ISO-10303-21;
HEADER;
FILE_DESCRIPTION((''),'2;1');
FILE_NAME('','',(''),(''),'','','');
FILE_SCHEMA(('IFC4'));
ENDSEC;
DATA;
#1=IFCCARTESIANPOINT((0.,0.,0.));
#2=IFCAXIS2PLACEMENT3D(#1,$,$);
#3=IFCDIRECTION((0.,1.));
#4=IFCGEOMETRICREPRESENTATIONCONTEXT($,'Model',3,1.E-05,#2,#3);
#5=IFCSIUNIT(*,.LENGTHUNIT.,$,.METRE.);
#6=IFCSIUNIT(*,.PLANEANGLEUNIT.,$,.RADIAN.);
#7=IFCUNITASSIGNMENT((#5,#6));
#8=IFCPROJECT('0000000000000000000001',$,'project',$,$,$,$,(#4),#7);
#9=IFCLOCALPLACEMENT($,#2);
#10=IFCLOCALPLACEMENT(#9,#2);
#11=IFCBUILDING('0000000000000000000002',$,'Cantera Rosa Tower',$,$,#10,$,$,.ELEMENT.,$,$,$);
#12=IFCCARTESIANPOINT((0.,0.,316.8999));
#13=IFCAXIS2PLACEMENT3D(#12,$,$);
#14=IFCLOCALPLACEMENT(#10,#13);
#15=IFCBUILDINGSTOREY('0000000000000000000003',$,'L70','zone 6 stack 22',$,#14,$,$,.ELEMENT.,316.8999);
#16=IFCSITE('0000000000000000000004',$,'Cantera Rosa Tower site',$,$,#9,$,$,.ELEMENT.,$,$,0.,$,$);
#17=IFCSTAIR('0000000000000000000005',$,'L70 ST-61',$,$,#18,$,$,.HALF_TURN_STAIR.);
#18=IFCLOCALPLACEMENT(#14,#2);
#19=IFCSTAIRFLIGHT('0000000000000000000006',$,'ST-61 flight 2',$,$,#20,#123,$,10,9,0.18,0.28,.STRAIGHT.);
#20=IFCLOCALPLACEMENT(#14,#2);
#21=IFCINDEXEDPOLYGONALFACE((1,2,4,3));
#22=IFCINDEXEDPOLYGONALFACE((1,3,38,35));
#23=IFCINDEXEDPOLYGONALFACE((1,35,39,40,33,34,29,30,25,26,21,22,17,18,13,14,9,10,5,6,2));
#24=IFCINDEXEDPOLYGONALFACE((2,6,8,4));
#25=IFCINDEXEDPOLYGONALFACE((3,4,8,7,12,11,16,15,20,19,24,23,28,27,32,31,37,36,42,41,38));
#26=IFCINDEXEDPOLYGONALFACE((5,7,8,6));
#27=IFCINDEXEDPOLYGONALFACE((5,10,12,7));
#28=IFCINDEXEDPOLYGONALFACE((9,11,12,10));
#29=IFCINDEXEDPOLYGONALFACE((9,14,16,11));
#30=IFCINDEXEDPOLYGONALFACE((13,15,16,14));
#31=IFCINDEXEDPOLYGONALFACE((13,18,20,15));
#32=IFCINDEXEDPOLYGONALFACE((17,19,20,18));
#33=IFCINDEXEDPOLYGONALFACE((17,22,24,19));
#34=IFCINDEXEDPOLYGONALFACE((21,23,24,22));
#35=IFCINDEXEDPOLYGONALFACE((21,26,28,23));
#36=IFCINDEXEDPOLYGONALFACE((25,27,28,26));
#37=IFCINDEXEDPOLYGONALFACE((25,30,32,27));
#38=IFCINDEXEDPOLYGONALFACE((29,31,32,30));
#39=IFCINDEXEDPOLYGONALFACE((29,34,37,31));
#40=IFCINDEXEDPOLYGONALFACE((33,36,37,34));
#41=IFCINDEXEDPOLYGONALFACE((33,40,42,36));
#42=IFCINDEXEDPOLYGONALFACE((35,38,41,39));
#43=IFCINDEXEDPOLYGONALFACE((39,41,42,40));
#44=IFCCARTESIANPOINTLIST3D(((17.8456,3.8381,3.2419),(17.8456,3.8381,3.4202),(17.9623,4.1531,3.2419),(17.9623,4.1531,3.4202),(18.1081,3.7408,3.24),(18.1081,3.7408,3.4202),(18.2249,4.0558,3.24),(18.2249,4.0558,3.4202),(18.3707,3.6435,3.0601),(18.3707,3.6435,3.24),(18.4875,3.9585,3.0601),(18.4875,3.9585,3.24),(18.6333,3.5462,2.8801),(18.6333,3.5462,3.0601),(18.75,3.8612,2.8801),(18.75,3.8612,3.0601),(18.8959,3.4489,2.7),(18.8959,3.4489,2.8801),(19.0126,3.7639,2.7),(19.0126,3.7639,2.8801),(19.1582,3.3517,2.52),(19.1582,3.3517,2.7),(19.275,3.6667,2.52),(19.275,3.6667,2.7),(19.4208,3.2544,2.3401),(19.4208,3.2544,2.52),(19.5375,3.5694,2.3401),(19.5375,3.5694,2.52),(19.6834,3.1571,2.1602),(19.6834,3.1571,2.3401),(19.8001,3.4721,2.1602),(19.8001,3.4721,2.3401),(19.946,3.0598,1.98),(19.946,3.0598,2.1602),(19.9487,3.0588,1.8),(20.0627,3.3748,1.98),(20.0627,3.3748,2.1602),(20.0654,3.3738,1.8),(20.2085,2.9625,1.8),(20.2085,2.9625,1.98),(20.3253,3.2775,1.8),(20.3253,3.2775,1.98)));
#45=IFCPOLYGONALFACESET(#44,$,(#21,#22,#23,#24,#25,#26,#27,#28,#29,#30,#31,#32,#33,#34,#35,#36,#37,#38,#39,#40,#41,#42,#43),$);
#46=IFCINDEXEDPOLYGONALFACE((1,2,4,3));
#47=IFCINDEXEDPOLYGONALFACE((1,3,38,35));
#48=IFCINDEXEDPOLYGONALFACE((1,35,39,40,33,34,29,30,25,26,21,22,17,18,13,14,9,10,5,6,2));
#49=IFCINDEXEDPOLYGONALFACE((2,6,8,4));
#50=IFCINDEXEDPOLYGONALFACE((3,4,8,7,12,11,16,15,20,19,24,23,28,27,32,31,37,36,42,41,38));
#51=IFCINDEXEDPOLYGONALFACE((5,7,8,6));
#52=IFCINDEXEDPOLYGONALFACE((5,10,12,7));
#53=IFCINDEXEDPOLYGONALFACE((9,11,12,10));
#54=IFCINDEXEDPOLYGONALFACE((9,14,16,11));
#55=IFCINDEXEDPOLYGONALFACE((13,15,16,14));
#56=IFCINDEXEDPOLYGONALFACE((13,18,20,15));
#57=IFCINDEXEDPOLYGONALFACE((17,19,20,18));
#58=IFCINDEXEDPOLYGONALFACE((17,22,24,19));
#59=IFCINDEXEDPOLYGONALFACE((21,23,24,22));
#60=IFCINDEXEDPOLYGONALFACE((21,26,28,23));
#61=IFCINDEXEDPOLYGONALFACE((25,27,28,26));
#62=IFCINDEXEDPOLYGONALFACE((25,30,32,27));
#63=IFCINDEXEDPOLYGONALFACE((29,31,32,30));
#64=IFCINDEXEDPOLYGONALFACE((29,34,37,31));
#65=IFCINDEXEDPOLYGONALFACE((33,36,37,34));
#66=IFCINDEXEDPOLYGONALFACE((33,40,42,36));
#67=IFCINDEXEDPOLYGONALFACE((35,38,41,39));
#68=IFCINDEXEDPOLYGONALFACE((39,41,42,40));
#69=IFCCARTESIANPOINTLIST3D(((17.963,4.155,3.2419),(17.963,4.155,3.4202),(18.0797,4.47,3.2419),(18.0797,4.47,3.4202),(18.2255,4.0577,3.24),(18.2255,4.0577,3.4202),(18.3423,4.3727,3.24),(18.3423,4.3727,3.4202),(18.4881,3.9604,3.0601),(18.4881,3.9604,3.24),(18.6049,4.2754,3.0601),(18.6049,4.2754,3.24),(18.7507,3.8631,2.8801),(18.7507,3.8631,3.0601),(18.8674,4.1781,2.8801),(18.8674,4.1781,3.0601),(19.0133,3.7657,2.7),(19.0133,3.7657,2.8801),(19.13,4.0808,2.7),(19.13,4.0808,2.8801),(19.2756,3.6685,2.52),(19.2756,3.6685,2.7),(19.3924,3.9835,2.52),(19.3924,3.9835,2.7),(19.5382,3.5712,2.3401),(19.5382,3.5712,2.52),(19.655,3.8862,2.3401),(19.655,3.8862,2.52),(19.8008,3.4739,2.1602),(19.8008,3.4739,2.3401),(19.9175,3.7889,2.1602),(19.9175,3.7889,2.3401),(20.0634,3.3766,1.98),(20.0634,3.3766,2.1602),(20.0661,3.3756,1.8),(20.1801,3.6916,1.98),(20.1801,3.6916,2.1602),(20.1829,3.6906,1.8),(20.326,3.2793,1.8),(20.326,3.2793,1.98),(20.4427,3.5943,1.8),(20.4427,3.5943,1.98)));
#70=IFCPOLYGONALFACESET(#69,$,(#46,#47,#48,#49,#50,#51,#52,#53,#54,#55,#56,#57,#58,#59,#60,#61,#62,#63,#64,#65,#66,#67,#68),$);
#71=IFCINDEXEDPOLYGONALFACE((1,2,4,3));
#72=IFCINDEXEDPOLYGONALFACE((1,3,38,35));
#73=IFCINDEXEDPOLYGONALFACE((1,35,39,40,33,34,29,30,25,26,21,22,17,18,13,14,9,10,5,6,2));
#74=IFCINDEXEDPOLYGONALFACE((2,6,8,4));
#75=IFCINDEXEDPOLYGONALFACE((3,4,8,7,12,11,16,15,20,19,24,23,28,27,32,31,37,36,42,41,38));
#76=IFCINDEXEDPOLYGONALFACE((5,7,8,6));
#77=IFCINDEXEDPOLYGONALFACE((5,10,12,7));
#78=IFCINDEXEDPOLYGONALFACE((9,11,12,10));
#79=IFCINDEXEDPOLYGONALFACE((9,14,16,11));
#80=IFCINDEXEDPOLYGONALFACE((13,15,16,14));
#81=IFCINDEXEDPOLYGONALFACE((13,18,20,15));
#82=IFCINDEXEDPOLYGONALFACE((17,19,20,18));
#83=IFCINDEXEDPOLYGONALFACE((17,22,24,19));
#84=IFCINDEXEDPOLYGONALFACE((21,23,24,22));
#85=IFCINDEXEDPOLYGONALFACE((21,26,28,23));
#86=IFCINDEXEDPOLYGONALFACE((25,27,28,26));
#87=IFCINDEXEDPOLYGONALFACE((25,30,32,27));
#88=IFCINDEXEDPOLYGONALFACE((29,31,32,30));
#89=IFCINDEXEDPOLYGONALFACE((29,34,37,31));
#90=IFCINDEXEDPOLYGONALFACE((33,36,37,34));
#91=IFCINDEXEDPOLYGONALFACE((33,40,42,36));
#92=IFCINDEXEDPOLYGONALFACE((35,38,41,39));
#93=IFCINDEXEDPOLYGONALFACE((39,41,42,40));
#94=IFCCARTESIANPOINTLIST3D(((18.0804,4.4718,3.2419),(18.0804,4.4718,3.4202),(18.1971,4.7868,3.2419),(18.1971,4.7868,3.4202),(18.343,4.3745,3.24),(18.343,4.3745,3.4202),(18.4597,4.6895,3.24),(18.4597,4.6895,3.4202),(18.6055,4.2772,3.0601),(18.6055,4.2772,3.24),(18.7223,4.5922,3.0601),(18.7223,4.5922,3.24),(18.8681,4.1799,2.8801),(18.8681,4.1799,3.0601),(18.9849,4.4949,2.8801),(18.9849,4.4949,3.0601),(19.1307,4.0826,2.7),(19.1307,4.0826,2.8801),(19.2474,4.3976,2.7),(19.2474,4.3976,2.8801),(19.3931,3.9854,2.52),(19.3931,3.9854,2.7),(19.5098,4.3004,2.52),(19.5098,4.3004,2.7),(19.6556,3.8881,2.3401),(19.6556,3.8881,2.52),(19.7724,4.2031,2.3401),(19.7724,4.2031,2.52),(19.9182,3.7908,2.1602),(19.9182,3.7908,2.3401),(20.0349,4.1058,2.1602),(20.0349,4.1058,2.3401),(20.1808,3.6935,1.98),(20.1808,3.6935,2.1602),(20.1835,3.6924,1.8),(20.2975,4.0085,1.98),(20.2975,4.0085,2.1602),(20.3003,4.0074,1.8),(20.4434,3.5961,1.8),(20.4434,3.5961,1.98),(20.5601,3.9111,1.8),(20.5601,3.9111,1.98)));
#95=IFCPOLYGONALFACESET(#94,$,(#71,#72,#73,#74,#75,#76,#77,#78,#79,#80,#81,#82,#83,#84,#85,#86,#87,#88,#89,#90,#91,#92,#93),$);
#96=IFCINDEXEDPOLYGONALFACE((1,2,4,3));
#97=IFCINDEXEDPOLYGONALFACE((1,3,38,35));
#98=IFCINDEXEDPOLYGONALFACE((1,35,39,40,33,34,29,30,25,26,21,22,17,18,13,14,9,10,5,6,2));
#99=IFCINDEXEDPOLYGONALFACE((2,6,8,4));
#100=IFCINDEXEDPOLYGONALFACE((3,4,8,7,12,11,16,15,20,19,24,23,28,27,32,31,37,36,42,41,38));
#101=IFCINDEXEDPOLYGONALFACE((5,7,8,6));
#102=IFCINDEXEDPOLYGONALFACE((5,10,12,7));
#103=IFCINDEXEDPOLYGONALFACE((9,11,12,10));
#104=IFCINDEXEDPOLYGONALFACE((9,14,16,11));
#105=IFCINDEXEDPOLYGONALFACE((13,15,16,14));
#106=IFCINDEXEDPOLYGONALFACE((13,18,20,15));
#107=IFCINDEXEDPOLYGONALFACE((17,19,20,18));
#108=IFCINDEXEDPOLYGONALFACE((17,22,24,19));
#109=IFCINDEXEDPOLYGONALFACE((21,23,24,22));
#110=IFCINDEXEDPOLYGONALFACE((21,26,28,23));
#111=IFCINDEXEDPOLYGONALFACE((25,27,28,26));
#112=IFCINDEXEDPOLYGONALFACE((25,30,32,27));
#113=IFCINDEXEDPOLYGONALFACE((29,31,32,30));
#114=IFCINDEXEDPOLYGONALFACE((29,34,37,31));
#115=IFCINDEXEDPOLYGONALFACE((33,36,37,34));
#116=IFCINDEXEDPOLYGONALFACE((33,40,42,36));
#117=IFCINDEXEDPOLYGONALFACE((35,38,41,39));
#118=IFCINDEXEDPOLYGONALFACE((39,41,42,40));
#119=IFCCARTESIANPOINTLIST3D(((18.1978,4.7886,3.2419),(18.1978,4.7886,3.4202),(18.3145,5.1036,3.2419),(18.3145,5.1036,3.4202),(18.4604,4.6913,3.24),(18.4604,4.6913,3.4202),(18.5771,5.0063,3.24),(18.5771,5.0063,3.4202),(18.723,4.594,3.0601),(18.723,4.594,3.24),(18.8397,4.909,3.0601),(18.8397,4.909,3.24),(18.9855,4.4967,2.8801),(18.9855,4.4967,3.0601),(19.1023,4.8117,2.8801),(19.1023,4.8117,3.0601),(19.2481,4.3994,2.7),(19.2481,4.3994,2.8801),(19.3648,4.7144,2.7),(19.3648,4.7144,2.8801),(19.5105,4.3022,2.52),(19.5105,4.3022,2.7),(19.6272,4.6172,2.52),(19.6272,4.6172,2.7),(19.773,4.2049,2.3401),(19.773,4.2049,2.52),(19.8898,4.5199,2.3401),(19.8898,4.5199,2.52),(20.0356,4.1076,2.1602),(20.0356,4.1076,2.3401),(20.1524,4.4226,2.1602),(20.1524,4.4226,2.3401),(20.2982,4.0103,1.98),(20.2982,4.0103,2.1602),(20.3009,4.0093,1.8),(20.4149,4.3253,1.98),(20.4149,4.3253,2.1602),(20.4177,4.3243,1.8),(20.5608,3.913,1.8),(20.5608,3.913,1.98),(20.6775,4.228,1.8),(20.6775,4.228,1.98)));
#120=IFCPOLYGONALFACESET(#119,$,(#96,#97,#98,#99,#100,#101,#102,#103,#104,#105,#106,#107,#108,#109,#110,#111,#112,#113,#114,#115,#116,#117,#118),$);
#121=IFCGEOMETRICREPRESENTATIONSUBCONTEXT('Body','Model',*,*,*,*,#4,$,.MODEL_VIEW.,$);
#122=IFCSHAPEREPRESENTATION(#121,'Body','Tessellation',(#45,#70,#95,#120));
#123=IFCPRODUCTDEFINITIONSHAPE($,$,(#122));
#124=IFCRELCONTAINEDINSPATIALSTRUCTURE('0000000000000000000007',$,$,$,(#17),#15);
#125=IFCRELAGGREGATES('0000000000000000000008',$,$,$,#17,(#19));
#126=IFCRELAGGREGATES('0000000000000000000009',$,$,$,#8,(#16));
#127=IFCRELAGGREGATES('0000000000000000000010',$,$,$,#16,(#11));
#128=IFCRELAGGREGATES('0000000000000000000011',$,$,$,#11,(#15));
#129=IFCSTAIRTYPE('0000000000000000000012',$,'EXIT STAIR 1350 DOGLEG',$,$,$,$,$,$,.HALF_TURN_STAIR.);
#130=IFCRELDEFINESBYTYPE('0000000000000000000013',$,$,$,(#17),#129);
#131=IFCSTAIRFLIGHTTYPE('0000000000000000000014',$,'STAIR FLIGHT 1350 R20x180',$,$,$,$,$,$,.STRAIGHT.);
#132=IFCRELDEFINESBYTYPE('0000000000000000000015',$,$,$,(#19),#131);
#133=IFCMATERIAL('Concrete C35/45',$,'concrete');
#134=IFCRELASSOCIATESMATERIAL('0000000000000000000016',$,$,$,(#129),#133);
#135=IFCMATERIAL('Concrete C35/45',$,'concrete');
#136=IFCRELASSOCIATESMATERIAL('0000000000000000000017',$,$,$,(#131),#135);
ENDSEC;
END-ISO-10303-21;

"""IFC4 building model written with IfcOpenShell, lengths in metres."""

from ifc_helpers import new_model, si_unit, direction, frame, origin, place, context, subcontext, project, spatial, polyline, outline, extrude, material, type_object, element, aggregate, save


model = new_model("IFC4")

# Units and contexts
model_context = context("Model", 3, precision=1e-05, world=origin(), true_north=direction((0.0, 1.0)))
body_context = subcontext(model_context, "Body", "Model", "MODEL_VIEW")
ifc_project = project(units=[si_unit("LENGTHUNIT", "METRE"), si_unit("PLANEANGLEUNIT", "RADIAN")], contexts=[model_context])

# Site, building, storey
site_placement = place(None, origin())
site = spatial("IfcSite", under=ifc_project, at=site_placement, Name="Cantera Rosa Tower site", CompositionType="ELEMENT", RefElevation=0.0)
building_placement = place(site_placement, origin())
building = spatial("IfcBuilding", under=site, at=building_placement, Name="Cantera Rosa Tower", CompositionType="ELEMENT")
storey_placement = place(building_placement, frame((0.0, 0.0, 316.8999)))
storey = spatial("IfcBuildingStorey", under=building, at=storey_placement, Name="L70", Description="zone 6 stack 22", CompositionType="ELEMENT", Elevation=316.8999)

# Stair, stair flight
ifc_material_1 = material(Name="Concrete C35/45", Category="concrete")
stair_type = type_object("IfcStairType", Name="EXIT STAIR 1350 DOGLEG", PredefinedType="HALF_TURN_STAIR", material=ifc_material_1)
stair_placement = place(storey_placement, origin())
stair = element("IfcStair", 1, at=stair_placement, inside=storey, type_object=stair_type, Name="L70 ST-61", PredefinedType="HALF_TURN_STAIR")
ifc_material_2 = material(Name="Concrete C35/45", Category="concrete")
stair_flight_type = type_object("IfcStairFlightType", Name="STAIR FLIGHT 1350 R20x180", PredefinedType="STRAIGHT", material=ifc_material_2)
stair_flight_1_placement = place(storey_placement, frame((20.4431, 3.5955, 1.8), z_axis=(0.0, 0.0, 1.0), x_axis=(-0.937687, 0.347481, 0.0)))
stair_flight_1 = element("IfcStairFlight", 2, at=stair_flight_1_placement, type_object=stair_flight_type, Name="ST-61 flight 2", NumberOfRisers=10, NumberOfTreads=9, PredefinedType="STRAIGHT", RiserHeight=0.18, TreadLength=0.28, context=body_context, shape_type="SweptSolid", body=[
    extrude(outline(polyline([(0.0, 0.0), (0.0, 0.1799), (0.28, 0.1799), (0.28, 0.3601), (0.5601, 0.3601), (0.5601, 0.54), (0.8401, 0.54), (0.8401, 0.72), (1.1201, 0.72), (1.1201, 0.8999), (1.3999, 0.8999), (1.3999, 1.0801), (1.6799, 1.0801), (1.6799, 1.26), (1.96, 1.26), (1.96, 1.4399), (2.24, 1.4399), (2.24, 1.6201), (2.52, 1.6201), (2.52, 1.8), (2.52, 1.4419), (0.2771, 0.0), (0.0, 0.0)])), frame((0.0, 0.675, 0.0), z_axis=(0.0, -1.0, 0.0), x_axis=(1.0, 0.0, 0.0)), (0.0, 0.0, 1.0), 0.3359),
    extrude(outline(polyline([(0.0, 0.0), (0.0, 0.1799), (0.28, 0.1799), (0.28, 0.3601), (0.5601, 0.3601), (0.5601, 0.54), (0.8401, 0.54), (0.8401, 0.72), (1.1201, 0.72), (1.1201, 0.8999), (1.3999, 0.8999), (1.3999, 1.0801), (1.6799, 1.0801), (1.6799, 1.26), (1.96, 1.26), (1.96, 1.4399), (2.24, 1.4399), (2.24, 1.6201), (2.52, 1.6201), (2.52, 1.8), (2.52, 1.4419), (0.2771, 0.0), (0.0, 0.0)])), frame((0.0, 0.3372, 0.0), z_axis=(0.0, -1.0, 0.0), x_axis=(1.0, 0.0, 0.0)), (0.0, 0.0, 1.0), 0.3359),
    extrude(outline(polyline([(0.0, 0.0), (0.0, 0.1799), (0.28, 0.1799), (0.28, 0.3601), (0.5601, 0.3601), (0.5601, 0.54), (0.8401, 0.54), (0.8401, 0.72), (1.1201, 0.72), (1.1201, 0.8999), (1.3999, 0.8999), (1.3999, 1.0801), (1.6799, 1.0801), (1.6799, 1.26), (1.96, 1.26), (1.96, 1.4399), (2.24, 1.4399), (2.24, 1.6201), (2.52, 1.6201), (2.52, 1.8), (2.52, 1.4419), (0.2771, 0.0), (0.0, 0.0)])), frame((0.0, -0.0007, 0.0), z_axis=(0.0, -1.0, 0.0), x_axis=(1.0, 0.0, 0.0)), (0.0, 0.0, 1.0), 0.3359),
    extrude(outline(polyline([(0.0, 0.0), (0.0, 0.1799), (0.28, 0.1799), (0.28, 0.3601), (0.5601, 0.3601), (0.5601, 0.54), (0.8401, 0.54), (0.8401, 0.72), (1.1201, 0.72), (1.1201, 0.8999), (1.3999, 0.8999), (1.3999, 1.0801), (1.6799, 1.0801), (1.6799, 1.26), (1.96, 1.26), (1.96, 1.4399), (2.24, 1.4399), (2.24, 1.6201), (2.52, 1.6201), (2.52, 1.8), (2.52, 1.4419), (0.2771, 0.0), (0.0, 0.0)])), frame((0.0, -0.3386, 0.0), z_axis=(0.0, -1.0, 0.0), x_axis=(1.0, 0.0, 0.0)), (0.0, 0.0, 1.0), 0.3359),
])
aggregate(stair, [stair_flight_1])

save(model, "model.ifc")
